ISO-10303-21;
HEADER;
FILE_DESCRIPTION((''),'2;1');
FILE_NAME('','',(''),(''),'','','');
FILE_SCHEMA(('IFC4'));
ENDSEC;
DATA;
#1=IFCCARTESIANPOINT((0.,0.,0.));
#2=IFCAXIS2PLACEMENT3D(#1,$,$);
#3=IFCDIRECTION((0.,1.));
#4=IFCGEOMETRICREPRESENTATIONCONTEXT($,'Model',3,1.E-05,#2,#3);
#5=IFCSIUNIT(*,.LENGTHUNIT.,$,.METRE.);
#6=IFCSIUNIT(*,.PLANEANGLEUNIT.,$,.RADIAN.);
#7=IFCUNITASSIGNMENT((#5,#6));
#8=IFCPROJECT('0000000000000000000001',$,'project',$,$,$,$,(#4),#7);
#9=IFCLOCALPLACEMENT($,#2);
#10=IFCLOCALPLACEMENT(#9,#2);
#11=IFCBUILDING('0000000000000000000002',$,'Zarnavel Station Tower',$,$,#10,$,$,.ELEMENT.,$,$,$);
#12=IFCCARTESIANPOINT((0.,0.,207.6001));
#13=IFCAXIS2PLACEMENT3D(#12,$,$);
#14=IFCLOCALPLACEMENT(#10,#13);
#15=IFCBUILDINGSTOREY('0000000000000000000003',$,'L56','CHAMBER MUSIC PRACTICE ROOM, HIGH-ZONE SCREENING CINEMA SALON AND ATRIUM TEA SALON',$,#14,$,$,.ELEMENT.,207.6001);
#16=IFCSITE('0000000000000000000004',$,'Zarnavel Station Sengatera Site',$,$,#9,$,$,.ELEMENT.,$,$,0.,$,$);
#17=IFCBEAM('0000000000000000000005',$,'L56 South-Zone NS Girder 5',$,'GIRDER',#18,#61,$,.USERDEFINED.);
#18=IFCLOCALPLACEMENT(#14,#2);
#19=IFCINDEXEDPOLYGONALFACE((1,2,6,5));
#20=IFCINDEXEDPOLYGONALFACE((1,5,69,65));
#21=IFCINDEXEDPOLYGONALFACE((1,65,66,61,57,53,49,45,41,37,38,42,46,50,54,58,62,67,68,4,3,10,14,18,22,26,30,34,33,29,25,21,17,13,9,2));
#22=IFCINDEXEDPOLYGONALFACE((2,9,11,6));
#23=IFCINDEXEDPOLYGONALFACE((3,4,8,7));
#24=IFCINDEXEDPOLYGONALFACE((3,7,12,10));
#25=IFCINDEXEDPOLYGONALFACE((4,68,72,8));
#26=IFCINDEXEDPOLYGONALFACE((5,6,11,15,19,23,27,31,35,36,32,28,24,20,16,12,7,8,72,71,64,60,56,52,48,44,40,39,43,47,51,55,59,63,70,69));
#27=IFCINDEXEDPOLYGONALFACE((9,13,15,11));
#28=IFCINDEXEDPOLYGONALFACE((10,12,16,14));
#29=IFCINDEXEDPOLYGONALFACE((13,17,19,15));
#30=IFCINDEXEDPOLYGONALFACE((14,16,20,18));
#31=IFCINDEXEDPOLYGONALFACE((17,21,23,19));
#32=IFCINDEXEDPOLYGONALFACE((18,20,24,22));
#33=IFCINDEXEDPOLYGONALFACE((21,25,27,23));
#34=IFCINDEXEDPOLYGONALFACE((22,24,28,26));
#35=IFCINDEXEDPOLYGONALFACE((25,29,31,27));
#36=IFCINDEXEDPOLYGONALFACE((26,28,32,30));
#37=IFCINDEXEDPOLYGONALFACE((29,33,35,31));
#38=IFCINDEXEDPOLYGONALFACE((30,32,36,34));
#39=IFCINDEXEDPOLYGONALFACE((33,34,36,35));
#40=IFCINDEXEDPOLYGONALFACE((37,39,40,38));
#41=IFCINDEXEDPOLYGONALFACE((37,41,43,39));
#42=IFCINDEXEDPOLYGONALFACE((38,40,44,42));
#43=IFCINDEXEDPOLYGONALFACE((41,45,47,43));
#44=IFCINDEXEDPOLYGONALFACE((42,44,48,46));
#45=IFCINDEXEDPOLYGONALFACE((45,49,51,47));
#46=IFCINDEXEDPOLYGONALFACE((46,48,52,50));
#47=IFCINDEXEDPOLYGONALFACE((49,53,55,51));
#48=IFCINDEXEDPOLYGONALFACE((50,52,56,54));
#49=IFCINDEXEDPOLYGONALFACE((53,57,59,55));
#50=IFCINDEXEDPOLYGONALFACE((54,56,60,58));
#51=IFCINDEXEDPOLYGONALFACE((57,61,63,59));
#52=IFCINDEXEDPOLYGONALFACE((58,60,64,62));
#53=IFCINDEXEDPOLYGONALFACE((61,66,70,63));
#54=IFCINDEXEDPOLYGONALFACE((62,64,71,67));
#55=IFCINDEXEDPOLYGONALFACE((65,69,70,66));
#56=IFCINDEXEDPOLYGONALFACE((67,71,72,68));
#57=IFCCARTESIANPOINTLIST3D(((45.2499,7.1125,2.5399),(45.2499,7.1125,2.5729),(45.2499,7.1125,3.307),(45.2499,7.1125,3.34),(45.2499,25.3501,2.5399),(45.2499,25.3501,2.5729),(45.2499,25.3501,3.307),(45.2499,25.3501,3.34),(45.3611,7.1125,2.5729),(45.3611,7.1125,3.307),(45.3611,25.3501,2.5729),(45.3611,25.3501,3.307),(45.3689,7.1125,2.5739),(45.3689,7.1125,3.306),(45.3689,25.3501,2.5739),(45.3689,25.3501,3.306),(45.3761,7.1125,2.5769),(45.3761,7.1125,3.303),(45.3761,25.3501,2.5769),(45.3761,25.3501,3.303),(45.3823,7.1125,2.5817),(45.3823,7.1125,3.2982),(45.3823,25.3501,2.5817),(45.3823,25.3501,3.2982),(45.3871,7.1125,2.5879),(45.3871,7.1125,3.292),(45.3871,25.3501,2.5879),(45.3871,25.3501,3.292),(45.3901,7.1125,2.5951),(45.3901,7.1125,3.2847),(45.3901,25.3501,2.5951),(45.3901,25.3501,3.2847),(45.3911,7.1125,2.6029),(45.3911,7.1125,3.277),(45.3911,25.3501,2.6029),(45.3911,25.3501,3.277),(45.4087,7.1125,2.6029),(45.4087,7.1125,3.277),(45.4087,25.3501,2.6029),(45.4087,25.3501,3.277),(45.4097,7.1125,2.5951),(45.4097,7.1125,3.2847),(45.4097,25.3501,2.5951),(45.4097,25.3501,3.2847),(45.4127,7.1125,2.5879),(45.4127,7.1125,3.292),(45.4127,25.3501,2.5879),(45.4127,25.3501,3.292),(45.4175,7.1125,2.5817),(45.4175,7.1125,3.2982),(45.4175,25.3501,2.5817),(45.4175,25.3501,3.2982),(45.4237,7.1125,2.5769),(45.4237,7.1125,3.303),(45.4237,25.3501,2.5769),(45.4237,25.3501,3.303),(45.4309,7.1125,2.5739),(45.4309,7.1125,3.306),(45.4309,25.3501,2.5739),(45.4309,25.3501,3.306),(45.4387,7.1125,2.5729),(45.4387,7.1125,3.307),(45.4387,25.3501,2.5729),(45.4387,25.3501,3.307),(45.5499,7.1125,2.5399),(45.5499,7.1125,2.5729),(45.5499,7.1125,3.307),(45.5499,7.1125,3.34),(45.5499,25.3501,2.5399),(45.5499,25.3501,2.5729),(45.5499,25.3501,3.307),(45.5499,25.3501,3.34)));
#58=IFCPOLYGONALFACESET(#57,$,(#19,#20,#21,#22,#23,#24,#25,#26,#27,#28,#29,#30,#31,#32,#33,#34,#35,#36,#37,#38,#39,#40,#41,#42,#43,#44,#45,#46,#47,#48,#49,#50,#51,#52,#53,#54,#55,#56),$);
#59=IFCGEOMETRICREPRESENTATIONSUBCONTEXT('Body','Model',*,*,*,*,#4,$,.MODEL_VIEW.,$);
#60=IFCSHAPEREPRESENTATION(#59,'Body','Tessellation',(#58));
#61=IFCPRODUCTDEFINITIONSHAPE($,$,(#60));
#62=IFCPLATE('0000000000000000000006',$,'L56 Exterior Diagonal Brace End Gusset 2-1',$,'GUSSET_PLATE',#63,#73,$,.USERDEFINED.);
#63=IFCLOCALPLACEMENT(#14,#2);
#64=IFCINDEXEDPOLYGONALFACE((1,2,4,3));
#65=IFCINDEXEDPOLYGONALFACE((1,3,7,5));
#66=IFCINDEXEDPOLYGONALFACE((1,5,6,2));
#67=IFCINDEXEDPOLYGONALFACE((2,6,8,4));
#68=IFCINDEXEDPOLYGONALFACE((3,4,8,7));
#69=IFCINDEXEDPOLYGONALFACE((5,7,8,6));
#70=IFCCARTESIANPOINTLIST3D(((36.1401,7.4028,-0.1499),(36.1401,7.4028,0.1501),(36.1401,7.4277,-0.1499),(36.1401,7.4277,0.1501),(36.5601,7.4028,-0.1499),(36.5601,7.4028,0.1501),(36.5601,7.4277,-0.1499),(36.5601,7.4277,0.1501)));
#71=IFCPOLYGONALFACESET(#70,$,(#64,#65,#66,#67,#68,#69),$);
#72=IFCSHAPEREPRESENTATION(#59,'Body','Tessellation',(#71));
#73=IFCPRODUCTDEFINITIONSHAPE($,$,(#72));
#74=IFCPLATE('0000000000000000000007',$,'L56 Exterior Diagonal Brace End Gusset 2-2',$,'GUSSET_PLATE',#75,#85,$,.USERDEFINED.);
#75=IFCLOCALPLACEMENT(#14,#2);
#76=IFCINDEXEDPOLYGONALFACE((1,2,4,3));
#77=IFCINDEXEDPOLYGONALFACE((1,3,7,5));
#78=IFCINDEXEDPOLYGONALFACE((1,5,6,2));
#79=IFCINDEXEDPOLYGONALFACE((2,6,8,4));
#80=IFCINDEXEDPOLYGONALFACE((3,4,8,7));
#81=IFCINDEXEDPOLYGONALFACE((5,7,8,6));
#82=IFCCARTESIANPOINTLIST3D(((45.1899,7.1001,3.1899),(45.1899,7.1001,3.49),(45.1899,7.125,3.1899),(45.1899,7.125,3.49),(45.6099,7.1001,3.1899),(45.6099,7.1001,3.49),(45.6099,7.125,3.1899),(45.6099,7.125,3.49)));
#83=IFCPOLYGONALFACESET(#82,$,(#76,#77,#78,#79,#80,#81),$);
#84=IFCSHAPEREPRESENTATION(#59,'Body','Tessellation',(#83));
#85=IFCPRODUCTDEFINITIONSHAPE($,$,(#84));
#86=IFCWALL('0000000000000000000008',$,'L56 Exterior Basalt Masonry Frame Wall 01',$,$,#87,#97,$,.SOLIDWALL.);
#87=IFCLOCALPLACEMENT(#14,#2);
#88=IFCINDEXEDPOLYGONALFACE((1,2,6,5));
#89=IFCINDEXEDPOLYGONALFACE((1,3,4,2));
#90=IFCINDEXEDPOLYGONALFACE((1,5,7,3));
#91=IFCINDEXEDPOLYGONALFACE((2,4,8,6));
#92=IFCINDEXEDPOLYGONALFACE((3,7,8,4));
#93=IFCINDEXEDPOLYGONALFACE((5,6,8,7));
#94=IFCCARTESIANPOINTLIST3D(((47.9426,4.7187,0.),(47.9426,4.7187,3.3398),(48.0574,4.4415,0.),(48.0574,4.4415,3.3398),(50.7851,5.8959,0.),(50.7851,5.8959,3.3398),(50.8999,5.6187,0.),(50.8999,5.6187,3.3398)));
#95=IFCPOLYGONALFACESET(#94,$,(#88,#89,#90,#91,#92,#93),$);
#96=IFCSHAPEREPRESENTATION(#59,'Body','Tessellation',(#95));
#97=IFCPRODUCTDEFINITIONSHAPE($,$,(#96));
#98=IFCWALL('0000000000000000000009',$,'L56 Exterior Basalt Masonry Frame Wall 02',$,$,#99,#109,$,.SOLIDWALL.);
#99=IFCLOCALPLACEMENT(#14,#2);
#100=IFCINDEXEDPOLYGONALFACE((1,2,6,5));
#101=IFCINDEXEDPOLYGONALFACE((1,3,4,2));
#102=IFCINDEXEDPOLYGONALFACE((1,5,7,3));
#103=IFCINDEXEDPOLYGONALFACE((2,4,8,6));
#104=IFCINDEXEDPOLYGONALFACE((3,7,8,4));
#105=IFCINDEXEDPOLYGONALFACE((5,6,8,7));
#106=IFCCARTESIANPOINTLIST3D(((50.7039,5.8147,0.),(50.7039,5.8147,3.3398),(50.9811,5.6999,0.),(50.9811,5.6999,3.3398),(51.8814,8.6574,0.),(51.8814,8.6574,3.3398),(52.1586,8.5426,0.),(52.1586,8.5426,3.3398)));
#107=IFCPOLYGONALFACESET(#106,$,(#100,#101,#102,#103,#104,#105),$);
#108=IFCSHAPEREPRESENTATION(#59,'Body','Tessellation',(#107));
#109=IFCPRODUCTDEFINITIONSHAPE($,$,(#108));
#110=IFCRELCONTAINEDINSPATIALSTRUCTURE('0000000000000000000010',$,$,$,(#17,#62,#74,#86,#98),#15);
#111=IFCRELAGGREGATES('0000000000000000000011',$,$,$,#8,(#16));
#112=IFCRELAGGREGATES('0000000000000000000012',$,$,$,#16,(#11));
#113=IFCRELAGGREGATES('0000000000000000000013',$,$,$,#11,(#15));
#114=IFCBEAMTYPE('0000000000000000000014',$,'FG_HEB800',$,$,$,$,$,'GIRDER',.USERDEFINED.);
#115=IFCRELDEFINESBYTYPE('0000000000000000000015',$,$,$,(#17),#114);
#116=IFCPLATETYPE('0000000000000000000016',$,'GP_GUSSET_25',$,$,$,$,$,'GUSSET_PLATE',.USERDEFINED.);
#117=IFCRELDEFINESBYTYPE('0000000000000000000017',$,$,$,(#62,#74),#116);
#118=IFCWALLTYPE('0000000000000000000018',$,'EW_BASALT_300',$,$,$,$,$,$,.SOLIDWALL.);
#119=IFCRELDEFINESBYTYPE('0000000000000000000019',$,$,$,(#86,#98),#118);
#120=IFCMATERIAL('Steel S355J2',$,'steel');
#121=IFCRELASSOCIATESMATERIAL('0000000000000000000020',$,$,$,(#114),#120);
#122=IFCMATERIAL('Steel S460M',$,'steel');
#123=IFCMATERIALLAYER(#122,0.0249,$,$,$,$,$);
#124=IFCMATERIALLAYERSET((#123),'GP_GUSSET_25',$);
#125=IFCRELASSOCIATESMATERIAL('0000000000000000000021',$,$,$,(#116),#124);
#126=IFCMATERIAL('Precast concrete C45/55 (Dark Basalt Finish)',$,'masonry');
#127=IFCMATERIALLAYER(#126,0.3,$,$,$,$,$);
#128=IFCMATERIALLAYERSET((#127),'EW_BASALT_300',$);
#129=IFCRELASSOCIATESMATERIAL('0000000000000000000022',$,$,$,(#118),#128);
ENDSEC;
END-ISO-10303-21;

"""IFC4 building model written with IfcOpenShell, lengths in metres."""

from ifc_helpers import new_model, si_unit, direction, frame, frame_2d, origin, origin_2d, place, context, subcontext, project, spatial, rectangle, i_section, extrude, material, layer, layer_set, material_profile, profile_set, type_object, element, save


model = new_model("IFC4")

# Units and contexts
model_context = context("Model", 3, precision=1e-05, world=origin(), true_north=direction((0.0, 1.0)))
body_context = subcontext(model_context, "Body", "Model", "MODEL_VIEW")
ifc_project = project(units=[si_unit("LENGTHUNIT", "METRE"), si_unit("PLANEANGLEUNIT", "RADIAN")], contexts=[model_context])

# Site, building, storey
site_placement = place(None, origin())
site = spatial("IfcSite", under=ifc_project, at=site_placement, Name="Zarnavel Station Sengatera Site", CompositionType="ELEMENT", RefElevation=0.0)
building_placement = place(site_placement, origin())
building = spatial("IfcBuilding", under=site, at=building_placement, Name="Zarnavel Station Tower", CompositionType="ELEMENT")
storey_placement = place(building_placement, frame((0.0, 0.0, 207.6001)))
storey = spatial("IfcBuildingStorey", under=building, at=storey_placement, Name="L56", Description="CHAMBER MUSIC PRACTICE ROOM, HIGH-ZONE SCREENING CINEMA SALON AND ATRIUM TEA SALON", CompositionType="ELEMENT", Elevation=207.6001)

# Beam
ifc_material_1 = material(Name="Steel S355J2", Category="steel")
ifc_material_profile_1 = material_profile(ifc_material_1, i_section(OverallWidth=0.3, OverallDepth=0.8, WebThickness=0.0176, FlangeThickness=0.033, FilletRadius=0.03, at=origin_2d()), Name="HEB800")
ifc_profile_set_1 = profile_set([ifc_material_profile_1], Name="Steel S355J2")
beam_type_1 = type_object("IfcBeamType", Name="FG_HEB800", ElementType="GIRDER", PredefinedType="USERDEFINED", material=ifc_profile_set_1)
beam_1_placement = place(storey_placement, frame((45.3999, 7.1125, 2.9399), z_axis=(0.0, 1.0, 0.0), x_axis=(-1.0, 0.0, 0.0)))
element("IfcBeam", 1, at=beam_1_placement, inside=storey, type_object=beam_type_1, Name="L56 South-Zone NS Girder 5", ObjectType="GIRDER", PredefinedType="USERDEFINED", context=body_context, shape_type="SweptSolid", body=[
    extrude(i_section(OverallWidth=0.3, OverallDepth=0.8, WebThickness=0.0176, FlangeThickness=0.033, FilletRadius=0.03, at=origin_2d()), origin(), (0.0, 0.0, 1.0), 18.2375),
])

# Plates
ifc_material_2 = material(Name="Steel S460M", Category="steel")
ifc_layer_1 = layer(ifc_material_2, 0.0249)
ifc_layer_set_1 = layer_set([ifc_layer_1], Name="GP_GUSSET_25")
plate_type = type_object("IfcPlateType", Name="GP_GUSSET_25", ElementType="GUSSET_PLATE", PredefinedType="USERDEFINED", material=ifc_layer_set_1)
for number, where, z_axis, x_axis, name in (
    (2, (36.3501, 7.4153, -0.1499), (0.0, 0.0, 1.0), (1.0, 0.0, 0.0), "L56 Exterior Diagonal Brace End Gusset 2-1"),
    (3, (45.3999, 7.1125, 3.1899), (0.0, 0.0, 1.0), (1.0, 0.0, 0.0), "L56 Exterior Diagonal Brace End Gusset 2-2"),
):
    element("IfcPlate", number, at=place(storey_placement, frame(where, z_axis=z_axis, x_axis=x_axis)), inside=storey, type_object=plate_type, Name=name, ObjectType="GUSSET_PLATE", PredefinedType="USERDEFINED", context=body_context, shape_type="SweptSolid", body=[
        extrude(rectangle(XDim=0.4199, YDim=0.0249, at=origin_2d()), origin(), (0.0, 0.0, 1.0), 0.3),
    ])

# Walls
ifc_material_3 = material(Name="Precast concrete C45/55 (Dark Basalt Finish)", Category="masonry")
ifc_layer_2 = layer(ifc_material_3, 0.3)
ifc_layer_set_2 = layer_set([ifc_layer_2], Name="EW_BASALT_300")
wall_type_1 = type_object("IfcWallType", Name="EW_BASALT_300", PredefinedType="SOLIDWALL", material=ifc_layer_set_2)
wall_1_placement = place(storey_placement, frame((50.8425, 5.7573, 0.0), z_axis=(0.0, 0.0, 1.0), x_axis=(-0.923899, -0.382637, 0.0)))
element("IfcWall", 4, at=wall_1_placement, inside=storey, type_object=wall_type_1, Name="L56 Exterior Basalt Masonry Frame Wall 01", PredefinedType="SOLIDWALL", context=body_context, shape_type="SweptSolid", body=[
    extrude(rectangle(XDim=3.0767, YDim=0.3, at=frame_2d((1.5383, 0.0))), origin(), (0.0, 0.0, 1.0), 3.3398),
])
wall_2_placement = place(storey_placement, frame((52.02, 8.6001, 0.0), z_axis=(0.0, 0.0, 1.0), x_axis=(-0.382676, -0.923882, 0.0)))
element("IfcWall", 5, at=wall_2_placement, inside=storey, type_object=wall_type_1, Name="L56 Exterior Basalt Masonry Frame Wall 02", PredefinedType="SOLIDWALL", context=body_context, shape_type="SweptSolid", body=[
    extrude(rectangle(XDim=3.0769, YDim=0.3, at=frame_2d((1.5386, 0.0))), origin(), (0.0, 0.0, 1.0), 3.3398),
])

save(model, "model.ifc")
